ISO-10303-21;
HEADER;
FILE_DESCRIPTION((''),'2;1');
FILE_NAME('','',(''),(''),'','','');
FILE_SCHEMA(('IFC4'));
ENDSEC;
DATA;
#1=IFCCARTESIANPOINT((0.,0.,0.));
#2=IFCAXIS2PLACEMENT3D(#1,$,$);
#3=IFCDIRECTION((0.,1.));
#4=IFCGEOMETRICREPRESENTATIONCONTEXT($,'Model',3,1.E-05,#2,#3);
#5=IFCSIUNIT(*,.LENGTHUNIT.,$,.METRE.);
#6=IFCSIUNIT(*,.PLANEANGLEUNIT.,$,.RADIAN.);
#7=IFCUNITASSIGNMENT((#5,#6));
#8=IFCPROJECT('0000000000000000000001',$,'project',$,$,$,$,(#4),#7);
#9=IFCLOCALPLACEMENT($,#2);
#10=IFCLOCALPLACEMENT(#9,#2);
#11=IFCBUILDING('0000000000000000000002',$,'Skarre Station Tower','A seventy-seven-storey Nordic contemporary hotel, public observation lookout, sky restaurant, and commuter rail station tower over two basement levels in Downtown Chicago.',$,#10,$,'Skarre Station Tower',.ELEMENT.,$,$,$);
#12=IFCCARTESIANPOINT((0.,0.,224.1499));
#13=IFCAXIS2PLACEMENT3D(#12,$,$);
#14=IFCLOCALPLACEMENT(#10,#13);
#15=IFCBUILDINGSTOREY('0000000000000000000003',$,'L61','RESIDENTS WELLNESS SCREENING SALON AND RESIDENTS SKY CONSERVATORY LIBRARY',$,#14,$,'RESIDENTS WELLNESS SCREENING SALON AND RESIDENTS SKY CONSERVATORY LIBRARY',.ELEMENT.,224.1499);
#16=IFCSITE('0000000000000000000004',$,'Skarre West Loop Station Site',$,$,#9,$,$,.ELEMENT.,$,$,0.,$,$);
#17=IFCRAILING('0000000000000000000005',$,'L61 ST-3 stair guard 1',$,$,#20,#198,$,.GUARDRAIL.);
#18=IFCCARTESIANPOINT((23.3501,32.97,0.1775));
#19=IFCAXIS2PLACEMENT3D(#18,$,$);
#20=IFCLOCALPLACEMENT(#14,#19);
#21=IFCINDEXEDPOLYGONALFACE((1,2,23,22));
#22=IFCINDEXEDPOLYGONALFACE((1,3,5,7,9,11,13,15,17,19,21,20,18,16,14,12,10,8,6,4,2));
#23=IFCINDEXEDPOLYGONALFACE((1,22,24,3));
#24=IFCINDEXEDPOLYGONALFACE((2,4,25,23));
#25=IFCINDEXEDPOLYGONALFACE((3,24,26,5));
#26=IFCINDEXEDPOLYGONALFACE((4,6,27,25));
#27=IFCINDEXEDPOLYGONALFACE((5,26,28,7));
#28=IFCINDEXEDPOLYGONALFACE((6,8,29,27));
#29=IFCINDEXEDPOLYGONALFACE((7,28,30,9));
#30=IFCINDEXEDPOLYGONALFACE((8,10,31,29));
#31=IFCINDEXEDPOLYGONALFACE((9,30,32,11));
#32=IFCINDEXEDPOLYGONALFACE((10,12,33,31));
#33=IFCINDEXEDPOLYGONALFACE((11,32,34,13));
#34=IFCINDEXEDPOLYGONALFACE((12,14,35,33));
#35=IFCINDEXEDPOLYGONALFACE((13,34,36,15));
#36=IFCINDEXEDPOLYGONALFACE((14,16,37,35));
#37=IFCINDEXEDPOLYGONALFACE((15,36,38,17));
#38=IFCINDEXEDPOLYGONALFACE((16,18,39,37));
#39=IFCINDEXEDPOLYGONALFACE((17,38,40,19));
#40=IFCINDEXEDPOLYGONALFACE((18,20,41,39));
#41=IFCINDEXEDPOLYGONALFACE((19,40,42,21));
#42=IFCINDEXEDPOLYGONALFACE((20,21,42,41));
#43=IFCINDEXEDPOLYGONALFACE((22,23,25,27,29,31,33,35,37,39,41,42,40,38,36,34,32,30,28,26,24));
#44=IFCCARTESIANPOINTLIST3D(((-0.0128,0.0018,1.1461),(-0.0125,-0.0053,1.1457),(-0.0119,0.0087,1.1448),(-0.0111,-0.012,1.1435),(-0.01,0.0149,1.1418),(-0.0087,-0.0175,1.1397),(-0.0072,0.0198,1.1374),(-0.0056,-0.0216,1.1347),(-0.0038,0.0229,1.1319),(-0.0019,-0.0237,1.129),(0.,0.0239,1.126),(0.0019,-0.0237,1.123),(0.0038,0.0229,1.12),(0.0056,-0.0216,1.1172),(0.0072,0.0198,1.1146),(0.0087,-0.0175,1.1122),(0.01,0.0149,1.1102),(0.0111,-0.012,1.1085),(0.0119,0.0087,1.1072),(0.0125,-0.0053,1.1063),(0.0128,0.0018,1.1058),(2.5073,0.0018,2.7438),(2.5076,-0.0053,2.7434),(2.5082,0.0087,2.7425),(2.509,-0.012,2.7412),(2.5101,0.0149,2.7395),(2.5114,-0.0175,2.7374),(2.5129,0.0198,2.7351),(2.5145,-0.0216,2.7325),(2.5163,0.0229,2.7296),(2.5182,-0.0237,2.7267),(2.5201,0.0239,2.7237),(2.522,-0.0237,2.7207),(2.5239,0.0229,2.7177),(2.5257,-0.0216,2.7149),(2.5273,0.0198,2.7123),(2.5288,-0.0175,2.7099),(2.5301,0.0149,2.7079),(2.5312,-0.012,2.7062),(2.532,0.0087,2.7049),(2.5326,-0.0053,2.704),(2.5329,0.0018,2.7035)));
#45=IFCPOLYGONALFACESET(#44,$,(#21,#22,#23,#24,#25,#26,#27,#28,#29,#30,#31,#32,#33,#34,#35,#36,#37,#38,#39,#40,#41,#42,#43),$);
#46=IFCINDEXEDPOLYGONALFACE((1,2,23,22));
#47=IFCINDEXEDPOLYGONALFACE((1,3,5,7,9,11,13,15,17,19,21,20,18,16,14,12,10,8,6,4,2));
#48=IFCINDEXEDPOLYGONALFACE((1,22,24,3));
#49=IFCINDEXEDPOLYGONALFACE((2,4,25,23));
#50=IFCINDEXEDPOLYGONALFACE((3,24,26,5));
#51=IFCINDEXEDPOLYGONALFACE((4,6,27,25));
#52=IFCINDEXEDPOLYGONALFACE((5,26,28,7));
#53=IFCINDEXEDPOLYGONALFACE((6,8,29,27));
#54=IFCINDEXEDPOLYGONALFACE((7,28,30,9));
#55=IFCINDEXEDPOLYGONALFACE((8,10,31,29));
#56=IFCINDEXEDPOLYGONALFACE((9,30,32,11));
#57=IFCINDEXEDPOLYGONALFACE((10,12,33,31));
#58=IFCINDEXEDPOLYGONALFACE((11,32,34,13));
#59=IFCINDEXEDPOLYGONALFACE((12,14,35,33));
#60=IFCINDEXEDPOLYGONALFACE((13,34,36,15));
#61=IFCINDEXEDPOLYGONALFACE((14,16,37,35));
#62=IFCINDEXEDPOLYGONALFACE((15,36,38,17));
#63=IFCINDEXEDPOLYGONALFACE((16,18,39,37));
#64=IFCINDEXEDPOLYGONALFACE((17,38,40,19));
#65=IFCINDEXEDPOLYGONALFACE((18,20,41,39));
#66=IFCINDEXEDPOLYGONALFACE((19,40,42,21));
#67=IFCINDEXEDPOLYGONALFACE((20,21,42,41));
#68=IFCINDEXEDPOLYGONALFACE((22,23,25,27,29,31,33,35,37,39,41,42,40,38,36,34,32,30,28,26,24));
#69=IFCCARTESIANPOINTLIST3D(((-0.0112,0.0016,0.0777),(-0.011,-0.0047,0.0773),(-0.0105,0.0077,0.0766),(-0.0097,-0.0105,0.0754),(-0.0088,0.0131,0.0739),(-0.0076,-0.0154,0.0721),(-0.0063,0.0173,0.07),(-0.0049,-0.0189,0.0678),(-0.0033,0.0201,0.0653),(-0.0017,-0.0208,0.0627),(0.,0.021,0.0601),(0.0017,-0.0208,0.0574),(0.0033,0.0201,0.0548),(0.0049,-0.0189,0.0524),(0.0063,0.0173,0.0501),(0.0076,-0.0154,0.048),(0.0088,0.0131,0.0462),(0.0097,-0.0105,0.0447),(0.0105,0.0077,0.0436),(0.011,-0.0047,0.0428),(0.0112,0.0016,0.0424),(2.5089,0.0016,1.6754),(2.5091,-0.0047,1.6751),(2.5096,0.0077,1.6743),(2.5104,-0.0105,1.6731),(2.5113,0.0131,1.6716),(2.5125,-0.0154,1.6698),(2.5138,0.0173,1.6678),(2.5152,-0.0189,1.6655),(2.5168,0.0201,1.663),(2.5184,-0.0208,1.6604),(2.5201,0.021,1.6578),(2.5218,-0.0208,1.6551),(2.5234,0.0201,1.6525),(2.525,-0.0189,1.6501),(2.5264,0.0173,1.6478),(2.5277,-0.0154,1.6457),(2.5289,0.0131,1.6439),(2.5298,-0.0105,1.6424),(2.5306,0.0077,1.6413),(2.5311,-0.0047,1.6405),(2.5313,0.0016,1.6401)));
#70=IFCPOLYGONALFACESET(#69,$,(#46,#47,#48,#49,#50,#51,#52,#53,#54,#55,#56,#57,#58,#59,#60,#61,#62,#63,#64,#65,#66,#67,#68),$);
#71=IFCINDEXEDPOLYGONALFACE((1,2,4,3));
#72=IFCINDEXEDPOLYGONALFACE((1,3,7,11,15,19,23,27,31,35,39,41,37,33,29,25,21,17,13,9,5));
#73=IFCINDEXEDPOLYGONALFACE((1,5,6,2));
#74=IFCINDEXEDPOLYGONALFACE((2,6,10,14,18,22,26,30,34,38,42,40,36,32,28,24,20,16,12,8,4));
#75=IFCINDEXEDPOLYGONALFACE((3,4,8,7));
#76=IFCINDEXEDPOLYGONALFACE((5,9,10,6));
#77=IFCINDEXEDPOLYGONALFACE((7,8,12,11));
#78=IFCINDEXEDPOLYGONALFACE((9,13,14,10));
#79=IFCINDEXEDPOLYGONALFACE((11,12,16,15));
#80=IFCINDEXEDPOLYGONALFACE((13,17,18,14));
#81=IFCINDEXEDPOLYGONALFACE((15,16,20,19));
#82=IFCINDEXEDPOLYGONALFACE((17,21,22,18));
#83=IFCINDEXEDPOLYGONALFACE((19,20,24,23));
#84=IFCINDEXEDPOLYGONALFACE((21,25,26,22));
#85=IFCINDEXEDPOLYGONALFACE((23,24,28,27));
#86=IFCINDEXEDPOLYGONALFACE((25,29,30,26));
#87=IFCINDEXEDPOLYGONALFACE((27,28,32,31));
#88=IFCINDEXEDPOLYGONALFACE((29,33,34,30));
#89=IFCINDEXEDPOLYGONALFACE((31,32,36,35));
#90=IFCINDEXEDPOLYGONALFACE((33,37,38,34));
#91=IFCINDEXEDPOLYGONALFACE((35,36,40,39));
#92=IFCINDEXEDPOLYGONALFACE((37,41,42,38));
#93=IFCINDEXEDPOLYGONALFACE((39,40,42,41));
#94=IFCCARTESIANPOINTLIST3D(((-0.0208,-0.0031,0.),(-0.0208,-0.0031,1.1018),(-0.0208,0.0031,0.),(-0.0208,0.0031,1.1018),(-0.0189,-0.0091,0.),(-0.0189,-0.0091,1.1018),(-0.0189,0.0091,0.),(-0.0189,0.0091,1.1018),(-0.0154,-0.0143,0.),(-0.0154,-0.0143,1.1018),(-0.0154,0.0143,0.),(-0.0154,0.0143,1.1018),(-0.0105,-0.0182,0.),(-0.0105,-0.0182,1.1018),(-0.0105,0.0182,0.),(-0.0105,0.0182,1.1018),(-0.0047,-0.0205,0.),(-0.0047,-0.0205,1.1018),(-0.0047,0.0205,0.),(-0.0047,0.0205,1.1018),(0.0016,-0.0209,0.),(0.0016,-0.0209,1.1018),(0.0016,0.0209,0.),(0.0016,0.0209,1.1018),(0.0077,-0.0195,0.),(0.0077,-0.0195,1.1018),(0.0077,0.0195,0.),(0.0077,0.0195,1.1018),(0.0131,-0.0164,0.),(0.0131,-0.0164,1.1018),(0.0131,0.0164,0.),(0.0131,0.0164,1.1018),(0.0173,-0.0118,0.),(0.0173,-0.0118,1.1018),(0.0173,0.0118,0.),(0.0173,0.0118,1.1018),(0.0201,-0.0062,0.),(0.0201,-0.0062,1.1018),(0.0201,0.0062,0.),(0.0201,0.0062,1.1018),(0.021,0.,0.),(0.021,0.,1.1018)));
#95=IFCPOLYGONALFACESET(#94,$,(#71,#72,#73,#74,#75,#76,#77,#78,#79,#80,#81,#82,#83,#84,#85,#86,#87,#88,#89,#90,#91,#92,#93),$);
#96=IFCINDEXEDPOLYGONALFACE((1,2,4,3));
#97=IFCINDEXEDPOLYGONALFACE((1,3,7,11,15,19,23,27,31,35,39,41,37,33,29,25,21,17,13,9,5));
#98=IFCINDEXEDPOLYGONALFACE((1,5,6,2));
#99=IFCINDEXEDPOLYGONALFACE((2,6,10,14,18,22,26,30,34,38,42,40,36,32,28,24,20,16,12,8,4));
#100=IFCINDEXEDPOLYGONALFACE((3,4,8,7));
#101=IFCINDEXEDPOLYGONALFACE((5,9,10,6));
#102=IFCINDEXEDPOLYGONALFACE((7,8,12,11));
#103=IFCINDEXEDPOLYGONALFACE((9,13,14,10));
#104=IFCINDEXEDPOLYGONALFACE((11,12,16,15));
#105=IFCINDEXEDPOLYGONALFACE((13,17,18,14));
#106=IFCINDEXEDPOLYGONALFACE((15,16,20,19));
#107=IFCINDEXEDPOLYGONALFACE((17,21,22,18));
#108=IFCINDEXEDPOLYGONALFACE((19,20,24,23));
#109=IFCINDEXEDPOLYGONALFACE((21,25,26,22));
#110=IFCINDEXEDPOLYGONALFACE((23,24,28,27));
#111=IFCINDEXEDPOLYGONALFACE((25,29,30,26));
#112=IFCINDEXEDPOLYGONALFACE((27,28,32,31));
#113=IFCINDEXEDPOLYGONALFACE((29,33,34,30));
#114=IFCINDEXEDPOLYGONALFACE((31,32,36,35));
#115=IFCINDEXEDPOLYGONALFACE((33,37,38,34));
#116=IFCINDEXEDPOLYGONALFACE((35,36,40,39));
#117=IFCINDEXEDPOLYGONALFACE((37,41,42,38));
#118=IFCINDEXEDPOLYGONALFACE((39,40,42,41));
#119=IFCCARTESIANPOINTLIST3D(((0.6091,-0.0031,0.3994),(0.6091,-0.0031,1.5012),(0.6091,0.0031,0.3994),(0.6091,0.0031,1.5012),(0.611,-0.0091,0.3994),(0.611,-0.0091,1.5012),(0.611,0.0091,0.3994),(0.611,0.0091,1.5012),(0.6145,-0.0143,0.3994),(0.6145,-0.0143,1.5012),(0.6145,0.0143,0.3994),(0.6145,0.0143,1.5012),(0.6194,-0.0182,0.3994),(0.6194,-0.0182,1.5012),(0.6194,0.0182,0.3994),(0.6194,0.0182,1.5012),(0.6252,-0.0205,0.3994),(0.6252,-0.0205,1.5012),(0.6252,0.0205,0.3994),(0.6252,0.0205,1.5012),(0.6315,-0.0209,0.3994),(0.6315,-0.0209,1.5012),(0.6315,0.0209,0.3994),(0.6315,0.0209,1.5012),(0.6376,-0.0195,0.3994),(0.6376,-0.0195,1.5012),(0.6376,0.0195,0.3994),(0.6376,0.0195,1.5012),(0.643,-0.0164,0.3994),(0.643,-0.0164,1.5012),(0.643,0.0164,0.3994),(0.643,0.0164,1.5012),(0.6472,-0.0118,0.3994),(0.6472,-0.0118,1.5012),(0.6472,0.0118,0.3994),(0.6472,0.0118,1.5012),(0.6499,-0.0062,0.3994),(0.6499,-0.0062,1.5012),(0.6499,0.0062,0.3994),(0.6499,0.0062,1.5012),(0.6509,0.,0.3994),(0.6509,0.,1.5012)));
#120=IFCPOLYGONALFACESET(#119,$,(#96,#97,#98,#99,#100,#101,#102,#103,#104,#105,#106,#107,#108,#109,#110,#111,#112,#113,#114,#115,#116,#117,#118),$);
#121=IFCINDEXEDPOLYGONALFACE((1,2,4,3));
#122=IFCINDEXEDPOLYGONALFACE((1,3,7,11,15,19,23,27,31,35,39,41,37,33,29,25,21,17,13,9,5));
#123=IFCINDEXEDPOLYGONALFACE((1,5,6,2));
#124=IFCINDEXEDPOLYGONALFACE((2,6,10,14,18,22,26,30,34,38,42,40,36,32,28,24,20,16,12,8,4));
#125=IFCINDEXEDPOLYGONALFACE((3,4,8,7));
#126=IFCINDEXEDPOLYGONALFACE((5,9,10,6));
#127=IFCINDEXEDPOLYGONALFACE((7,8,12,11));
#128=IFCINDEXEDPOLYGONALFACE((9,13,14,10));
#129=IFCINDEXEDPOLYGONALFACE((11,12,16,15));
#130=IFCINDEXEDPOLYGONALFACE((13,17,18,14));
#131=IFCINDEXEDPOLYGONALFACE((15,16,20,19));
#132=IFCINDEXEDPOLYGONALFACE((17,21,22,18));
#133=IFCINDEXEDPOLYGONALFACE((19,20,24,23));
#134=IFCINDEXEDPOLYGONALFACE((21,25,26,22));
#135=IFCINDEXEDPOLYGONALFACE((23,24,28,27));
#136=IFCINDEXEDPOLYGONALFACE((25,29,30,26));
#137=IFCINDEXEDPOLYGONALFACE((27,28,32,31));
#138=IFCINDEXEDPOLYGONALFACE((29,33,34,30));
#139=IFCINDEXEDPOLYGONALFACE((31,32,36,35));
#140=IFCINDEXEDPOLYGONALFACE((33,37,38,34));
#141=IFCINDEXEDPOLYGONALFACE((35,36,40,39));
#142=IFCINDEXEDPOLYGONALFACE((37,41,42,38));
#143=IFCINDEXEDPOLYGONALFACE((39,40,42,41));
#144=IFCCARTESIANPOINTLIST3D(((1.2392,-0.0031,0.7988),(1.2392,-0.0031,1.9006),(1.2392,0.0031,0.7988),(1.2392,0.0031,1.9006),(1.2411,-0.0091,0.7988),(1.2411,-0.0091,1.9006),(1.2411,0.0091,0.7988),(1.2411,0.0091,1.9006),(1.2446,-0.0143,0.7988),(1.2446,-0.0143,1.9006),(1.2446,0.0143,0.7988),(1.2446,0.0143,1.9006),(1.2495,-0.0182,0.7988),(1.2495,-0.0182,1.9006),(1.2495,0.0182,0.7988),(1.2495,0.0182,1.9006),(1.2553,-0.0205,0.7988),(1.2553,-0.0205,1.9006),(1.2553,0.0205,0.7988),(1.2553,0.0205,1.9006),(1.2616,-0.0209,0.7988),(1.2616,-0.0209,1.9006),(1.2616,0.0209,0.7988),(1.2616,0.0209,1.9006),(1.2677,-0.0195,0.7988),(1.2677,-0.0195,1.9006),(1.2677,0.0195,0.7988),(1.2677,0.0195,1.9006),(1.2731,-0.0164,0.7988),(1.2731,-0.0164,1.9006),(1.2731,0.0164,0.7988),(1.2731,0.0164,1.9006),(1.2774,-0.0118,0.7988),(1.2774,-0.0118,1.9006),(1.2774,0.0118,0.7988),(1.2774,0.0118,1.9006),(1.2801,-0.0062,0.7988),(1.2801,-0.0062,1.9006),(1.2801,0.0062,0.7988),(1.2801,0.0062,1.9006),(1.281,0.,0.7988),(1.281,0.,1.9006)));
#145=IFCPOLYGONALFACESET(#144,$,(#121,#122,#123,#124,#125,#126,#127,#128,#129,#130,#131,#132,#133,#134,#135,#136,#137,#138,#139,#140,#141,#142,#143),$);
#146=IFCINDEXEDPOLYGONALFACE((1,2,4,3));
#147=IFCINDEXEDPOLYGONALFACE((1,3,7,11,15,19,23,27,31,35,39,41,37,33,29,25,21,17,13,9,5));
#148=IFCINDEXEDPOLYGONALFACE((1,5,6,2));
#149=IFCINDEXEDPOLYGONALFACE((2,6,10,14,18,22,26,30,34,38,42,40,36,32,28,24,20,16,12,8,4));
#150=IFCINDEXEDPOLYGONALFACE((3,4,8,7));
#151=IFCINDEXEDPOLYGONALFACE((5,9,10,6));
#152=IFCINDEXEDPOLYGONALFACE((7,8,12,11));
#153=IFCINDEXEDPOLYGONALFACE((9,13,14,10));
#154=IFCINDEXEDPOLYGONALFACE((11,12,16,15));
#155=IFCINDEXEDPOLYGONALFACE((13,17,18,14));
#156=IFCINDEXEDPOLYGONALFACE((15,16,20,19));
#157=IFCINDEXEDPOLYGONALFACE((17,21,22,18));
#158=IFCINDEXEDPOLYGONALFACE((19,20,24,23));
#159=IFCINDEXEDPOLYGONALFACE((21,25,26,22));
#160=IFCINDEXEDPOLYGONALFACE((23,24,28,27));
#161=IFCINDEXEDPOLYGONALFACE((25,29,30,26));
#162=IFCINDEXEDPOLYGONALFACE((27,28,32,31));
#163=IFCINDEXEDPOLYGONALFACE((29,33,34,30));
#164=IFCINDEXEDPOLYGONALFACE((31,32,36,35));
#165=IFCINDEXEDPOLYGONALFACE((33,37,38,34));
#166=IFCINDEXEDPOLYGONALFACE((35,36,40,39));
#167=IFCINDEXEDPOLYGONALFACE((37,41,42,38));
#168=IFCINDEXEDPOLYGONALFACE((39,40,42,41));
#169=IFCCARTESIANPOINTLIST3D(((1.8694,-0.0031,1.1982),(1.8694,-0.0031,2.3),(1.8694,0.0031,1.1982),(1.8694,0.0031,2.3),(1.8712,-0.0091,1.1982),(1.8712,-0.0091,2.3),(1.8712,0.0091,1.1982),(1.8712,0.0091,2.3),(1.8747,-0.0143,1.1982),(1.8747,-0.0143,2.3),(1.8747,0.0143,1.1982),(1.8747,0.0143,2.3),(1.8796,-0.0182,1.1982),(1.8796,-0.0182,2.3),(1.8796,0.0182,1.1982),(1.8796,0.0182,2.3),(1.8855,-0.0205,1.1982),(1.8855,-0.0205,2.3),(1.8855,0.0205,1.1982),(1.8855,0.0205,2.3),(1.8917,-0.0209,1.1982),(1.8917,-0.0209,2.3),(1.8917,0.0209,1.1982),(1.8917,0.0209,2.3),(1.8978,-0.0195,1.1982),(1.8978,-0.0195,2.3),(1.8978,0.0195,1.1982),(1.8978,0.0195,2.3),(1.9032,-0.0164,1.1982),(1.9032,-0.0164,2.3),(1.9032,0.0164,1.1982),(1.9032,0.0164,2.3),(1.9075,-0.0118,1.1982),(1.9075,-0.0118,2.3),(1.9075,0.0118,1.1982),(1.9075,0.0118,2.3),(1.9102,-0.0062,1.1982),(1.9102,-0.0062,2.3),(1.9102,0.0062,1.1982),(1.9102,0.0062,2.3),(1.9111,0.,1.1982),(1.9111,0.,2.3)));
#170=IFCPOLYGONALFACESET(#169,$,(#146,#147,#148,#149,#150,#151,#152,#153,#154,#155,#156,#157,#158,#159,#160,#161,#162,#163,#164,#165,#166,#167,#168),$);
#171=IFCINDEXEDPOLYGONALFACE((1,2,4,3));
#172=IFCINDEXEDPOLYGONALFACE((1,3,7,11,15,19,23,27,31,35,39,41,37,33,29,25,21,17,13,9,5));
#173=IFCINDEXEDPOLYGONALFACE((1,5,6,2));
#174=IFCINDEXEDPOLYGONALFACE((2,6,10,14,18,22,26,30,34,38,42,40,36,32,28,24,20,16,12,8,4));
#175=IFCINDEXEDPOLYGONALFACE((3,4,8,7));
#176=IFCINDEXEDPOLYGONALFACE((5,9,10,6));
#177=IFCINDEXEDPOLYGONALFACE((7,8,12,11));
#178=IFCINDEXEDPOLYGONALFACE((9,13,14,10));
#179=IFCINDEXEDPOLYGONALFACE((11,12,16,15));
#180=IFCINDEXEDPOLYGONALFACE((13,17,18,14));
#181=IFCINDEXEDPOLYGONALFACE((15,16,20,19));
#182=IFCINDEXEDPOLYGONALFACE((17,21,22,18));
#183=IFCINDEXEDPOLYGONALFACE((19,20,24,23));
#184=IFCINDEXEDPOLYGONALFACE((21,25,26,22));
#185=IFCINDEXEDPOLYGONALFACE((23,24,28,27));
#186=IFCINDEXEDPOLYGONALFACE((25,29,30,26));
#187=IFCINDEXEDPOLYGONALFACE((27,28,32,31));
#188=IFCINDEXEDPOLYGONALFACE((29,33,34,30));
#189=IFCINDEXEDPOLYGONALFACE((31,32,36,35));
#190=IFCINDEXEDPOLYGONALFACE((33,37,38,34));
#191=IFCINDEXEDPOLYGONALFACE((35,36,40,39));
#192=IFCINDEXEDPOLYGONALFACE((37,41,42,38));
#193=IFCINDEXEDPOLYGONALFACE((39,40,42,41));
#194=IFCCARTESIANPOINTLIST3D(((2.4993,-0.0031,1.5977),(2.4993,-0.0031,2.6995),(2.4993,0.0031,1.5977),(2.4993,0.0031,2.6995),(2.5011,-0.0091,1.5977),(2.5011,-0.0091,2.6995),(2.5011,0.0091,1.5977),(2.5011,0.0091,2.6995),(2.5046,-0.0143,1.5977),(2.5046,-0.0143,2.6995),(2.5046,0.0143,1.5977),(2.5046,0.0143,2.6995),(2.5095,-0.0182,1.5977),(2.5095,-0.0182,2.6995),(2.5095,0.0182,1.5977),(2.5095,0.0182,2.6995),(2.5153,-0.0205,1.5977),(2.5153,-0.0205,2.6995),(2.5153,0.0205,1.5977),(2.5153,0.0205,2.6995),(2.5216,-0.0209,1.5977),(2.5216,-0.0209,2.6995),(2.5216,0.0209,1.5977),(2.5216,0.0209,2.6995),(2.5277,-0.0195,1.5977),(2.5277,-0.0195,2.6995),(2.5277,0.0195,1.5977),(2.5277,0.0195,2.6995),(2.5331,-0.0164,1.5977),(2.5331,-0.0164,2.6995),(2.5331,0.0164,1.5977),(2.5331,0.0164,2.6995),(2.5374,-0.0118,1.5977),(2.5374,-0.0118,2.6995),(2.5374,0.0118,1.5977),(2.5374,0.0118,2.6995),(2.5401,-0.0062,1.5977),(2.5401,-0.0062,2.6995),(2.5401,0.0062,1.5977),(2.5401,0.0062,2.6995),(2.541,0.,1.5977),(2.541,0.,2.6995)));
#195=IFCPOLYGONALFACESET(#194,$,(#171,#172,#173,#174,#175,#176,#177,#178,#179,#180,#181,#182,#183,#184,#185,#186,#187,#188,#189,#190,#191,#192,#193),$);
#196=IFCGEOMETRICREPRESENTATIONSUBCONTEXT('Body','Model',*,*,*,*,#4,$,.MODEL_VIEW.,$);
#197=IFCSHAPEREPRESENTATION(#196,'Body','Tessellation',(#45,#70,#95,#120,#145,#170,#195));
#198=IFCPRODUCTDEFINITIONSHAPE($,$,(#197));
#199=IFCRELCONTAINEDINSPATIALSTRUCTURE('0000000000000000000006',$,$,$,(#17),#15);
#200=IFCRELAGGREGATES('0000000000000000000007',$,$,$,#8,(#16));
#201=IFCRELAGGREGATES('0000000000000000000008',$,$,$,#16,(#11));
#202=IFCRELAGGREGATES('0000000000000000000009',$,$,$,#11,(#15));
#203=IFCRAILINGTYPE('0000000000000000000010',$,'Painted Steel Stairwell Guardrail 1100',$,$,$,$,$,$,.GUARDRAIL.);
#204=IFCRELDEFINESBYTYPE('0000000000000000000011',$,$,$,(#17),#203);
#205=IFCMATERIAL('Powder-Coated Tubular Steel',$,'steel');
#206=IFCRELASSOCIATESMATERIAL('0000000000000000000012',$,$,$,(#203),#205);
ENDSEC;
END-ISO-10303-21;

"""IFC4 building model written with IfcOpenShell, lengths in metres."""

from ifc_helpers import new_model, si_unit, direction, frame, origin, origin_2d, place, context, subcontext, project, spatial, circle, extrude, material, type_object, element, save


model = new_model("IFC4")

# Units and contexts
model_context = context("Model", 3, precision=1e-05, world=origin(), true_north=direction((0.0, 1.0)))
body_context = subcontext(model_context, "Body", "Model", "MODEL_VIEW")
ifc_project = project(units=[si_unit("LENGTHUNIT", "METRE"), si_unit("PLANEANGLEUNIT", "RADIAN")], contexts=[model_context])

# Site, building, storey
site_placement = place(None, origin())
site = spatial("IfcSite", under=ifc_project, at=site_placement, Name="Skarre West Loop Station Site", CompositionType="ELEMENT", RefElevation=0.0)
building_placement = place(site_placement, origin())
building = spatial("IfcBuilding", under=site, at=building_placement, Name="Skarre Station Tower", Description="A seventy-seven-storey Nordic contemporary hotel, public observation lookout, sky restaurant, and commuter rail station tower over two basement levels in Downtown Chicago.", LongName="Skarre Station Tower", CompositionType="ELEMENT")
storey_placement = place(building_placement, frame((0.0, 0.0, 224.1499)))
storey = spatial("IfcBuildingStorey", under=building, at=storey_placement, Name="L61", Description="RESIDENTS WELLNESS SCREENING SALON AND RESIDENTS SKY CONSERVATORY LIBRARY", LongName="RESIDENTS WELLNESS SCREENING SALON AND RESIDENTS SKY CONSERVATORY LIBRARY", CompositionType="ELEMENT", Elevation=224.1499)

# Railing
ifc_material_1 = material(Name="Powder-Coated Tubular Steel", Category="steel")
railing_type_1 = type_object("IfcRailingType", Name="Painted Steel Stairwell Guardrail 1100", PredefinedType="GUARDRAIL", material=ifc_material_1)
railing_1_placement = place(storey_placement, frame((23.3501, 32.97, 0.1775)))
element("IfcRailing", 1, at=railing_1_placement, inside=storey, type_object=railing_type_1, Name="L61 ST-3 stair guard 1", PredefinedType="GUARDRAIL", context=body_context, shape_type="SweptSolid", body=[
    extrude(circle(Radius=0.0239, at=origin_2d()), frame((0.0, 0.0, 1.126), z_axis=(0.84457, 0.0, 0.535445), x_axis=(0.0, 1.0, 0.0)), (0.0, 0.0, 1.0), 2.9839),
    extrude(circle(Radius=0.021, at=origin_2d()), frame((0.0, 0.0, 0.0601), z_axis=(0.84457, 0.0, 0.535445), x_axis=(0.0, 1.0, 0.0)), (0.0, 0.0, 1.0), 2.9839),
    extrude(circle(Radius=0.021, at=origin_2d()), origin(), (0.0, 0.0, 1.0), 1.1018),
    extrude(circle(Radius=0.021, at=origin_2d()), frame((0.6299, 0.0, 0.3994)), (0.0, 0.0, 1.0), 1.1018),
    extrude(circle(Radius=0.021, at=origin_2d()), frame((1.26, 0.0, 0.7988)), (0.0, 0.0, 1.0), 1.1018),
    extrude(circle(Radius=0.021, at=origin_2d()), frame((1.8901, 0.0, 1.1982)), (0.0, 0.0, 1.0), 1.1018),
    extrude(circle(Radius=0.021, at=origin_2d()), frame((2.52, 0.0, 1.5977)), (0.0, 0.0, 1.0), 1.1018),
])

save(model, "model.ifc")
